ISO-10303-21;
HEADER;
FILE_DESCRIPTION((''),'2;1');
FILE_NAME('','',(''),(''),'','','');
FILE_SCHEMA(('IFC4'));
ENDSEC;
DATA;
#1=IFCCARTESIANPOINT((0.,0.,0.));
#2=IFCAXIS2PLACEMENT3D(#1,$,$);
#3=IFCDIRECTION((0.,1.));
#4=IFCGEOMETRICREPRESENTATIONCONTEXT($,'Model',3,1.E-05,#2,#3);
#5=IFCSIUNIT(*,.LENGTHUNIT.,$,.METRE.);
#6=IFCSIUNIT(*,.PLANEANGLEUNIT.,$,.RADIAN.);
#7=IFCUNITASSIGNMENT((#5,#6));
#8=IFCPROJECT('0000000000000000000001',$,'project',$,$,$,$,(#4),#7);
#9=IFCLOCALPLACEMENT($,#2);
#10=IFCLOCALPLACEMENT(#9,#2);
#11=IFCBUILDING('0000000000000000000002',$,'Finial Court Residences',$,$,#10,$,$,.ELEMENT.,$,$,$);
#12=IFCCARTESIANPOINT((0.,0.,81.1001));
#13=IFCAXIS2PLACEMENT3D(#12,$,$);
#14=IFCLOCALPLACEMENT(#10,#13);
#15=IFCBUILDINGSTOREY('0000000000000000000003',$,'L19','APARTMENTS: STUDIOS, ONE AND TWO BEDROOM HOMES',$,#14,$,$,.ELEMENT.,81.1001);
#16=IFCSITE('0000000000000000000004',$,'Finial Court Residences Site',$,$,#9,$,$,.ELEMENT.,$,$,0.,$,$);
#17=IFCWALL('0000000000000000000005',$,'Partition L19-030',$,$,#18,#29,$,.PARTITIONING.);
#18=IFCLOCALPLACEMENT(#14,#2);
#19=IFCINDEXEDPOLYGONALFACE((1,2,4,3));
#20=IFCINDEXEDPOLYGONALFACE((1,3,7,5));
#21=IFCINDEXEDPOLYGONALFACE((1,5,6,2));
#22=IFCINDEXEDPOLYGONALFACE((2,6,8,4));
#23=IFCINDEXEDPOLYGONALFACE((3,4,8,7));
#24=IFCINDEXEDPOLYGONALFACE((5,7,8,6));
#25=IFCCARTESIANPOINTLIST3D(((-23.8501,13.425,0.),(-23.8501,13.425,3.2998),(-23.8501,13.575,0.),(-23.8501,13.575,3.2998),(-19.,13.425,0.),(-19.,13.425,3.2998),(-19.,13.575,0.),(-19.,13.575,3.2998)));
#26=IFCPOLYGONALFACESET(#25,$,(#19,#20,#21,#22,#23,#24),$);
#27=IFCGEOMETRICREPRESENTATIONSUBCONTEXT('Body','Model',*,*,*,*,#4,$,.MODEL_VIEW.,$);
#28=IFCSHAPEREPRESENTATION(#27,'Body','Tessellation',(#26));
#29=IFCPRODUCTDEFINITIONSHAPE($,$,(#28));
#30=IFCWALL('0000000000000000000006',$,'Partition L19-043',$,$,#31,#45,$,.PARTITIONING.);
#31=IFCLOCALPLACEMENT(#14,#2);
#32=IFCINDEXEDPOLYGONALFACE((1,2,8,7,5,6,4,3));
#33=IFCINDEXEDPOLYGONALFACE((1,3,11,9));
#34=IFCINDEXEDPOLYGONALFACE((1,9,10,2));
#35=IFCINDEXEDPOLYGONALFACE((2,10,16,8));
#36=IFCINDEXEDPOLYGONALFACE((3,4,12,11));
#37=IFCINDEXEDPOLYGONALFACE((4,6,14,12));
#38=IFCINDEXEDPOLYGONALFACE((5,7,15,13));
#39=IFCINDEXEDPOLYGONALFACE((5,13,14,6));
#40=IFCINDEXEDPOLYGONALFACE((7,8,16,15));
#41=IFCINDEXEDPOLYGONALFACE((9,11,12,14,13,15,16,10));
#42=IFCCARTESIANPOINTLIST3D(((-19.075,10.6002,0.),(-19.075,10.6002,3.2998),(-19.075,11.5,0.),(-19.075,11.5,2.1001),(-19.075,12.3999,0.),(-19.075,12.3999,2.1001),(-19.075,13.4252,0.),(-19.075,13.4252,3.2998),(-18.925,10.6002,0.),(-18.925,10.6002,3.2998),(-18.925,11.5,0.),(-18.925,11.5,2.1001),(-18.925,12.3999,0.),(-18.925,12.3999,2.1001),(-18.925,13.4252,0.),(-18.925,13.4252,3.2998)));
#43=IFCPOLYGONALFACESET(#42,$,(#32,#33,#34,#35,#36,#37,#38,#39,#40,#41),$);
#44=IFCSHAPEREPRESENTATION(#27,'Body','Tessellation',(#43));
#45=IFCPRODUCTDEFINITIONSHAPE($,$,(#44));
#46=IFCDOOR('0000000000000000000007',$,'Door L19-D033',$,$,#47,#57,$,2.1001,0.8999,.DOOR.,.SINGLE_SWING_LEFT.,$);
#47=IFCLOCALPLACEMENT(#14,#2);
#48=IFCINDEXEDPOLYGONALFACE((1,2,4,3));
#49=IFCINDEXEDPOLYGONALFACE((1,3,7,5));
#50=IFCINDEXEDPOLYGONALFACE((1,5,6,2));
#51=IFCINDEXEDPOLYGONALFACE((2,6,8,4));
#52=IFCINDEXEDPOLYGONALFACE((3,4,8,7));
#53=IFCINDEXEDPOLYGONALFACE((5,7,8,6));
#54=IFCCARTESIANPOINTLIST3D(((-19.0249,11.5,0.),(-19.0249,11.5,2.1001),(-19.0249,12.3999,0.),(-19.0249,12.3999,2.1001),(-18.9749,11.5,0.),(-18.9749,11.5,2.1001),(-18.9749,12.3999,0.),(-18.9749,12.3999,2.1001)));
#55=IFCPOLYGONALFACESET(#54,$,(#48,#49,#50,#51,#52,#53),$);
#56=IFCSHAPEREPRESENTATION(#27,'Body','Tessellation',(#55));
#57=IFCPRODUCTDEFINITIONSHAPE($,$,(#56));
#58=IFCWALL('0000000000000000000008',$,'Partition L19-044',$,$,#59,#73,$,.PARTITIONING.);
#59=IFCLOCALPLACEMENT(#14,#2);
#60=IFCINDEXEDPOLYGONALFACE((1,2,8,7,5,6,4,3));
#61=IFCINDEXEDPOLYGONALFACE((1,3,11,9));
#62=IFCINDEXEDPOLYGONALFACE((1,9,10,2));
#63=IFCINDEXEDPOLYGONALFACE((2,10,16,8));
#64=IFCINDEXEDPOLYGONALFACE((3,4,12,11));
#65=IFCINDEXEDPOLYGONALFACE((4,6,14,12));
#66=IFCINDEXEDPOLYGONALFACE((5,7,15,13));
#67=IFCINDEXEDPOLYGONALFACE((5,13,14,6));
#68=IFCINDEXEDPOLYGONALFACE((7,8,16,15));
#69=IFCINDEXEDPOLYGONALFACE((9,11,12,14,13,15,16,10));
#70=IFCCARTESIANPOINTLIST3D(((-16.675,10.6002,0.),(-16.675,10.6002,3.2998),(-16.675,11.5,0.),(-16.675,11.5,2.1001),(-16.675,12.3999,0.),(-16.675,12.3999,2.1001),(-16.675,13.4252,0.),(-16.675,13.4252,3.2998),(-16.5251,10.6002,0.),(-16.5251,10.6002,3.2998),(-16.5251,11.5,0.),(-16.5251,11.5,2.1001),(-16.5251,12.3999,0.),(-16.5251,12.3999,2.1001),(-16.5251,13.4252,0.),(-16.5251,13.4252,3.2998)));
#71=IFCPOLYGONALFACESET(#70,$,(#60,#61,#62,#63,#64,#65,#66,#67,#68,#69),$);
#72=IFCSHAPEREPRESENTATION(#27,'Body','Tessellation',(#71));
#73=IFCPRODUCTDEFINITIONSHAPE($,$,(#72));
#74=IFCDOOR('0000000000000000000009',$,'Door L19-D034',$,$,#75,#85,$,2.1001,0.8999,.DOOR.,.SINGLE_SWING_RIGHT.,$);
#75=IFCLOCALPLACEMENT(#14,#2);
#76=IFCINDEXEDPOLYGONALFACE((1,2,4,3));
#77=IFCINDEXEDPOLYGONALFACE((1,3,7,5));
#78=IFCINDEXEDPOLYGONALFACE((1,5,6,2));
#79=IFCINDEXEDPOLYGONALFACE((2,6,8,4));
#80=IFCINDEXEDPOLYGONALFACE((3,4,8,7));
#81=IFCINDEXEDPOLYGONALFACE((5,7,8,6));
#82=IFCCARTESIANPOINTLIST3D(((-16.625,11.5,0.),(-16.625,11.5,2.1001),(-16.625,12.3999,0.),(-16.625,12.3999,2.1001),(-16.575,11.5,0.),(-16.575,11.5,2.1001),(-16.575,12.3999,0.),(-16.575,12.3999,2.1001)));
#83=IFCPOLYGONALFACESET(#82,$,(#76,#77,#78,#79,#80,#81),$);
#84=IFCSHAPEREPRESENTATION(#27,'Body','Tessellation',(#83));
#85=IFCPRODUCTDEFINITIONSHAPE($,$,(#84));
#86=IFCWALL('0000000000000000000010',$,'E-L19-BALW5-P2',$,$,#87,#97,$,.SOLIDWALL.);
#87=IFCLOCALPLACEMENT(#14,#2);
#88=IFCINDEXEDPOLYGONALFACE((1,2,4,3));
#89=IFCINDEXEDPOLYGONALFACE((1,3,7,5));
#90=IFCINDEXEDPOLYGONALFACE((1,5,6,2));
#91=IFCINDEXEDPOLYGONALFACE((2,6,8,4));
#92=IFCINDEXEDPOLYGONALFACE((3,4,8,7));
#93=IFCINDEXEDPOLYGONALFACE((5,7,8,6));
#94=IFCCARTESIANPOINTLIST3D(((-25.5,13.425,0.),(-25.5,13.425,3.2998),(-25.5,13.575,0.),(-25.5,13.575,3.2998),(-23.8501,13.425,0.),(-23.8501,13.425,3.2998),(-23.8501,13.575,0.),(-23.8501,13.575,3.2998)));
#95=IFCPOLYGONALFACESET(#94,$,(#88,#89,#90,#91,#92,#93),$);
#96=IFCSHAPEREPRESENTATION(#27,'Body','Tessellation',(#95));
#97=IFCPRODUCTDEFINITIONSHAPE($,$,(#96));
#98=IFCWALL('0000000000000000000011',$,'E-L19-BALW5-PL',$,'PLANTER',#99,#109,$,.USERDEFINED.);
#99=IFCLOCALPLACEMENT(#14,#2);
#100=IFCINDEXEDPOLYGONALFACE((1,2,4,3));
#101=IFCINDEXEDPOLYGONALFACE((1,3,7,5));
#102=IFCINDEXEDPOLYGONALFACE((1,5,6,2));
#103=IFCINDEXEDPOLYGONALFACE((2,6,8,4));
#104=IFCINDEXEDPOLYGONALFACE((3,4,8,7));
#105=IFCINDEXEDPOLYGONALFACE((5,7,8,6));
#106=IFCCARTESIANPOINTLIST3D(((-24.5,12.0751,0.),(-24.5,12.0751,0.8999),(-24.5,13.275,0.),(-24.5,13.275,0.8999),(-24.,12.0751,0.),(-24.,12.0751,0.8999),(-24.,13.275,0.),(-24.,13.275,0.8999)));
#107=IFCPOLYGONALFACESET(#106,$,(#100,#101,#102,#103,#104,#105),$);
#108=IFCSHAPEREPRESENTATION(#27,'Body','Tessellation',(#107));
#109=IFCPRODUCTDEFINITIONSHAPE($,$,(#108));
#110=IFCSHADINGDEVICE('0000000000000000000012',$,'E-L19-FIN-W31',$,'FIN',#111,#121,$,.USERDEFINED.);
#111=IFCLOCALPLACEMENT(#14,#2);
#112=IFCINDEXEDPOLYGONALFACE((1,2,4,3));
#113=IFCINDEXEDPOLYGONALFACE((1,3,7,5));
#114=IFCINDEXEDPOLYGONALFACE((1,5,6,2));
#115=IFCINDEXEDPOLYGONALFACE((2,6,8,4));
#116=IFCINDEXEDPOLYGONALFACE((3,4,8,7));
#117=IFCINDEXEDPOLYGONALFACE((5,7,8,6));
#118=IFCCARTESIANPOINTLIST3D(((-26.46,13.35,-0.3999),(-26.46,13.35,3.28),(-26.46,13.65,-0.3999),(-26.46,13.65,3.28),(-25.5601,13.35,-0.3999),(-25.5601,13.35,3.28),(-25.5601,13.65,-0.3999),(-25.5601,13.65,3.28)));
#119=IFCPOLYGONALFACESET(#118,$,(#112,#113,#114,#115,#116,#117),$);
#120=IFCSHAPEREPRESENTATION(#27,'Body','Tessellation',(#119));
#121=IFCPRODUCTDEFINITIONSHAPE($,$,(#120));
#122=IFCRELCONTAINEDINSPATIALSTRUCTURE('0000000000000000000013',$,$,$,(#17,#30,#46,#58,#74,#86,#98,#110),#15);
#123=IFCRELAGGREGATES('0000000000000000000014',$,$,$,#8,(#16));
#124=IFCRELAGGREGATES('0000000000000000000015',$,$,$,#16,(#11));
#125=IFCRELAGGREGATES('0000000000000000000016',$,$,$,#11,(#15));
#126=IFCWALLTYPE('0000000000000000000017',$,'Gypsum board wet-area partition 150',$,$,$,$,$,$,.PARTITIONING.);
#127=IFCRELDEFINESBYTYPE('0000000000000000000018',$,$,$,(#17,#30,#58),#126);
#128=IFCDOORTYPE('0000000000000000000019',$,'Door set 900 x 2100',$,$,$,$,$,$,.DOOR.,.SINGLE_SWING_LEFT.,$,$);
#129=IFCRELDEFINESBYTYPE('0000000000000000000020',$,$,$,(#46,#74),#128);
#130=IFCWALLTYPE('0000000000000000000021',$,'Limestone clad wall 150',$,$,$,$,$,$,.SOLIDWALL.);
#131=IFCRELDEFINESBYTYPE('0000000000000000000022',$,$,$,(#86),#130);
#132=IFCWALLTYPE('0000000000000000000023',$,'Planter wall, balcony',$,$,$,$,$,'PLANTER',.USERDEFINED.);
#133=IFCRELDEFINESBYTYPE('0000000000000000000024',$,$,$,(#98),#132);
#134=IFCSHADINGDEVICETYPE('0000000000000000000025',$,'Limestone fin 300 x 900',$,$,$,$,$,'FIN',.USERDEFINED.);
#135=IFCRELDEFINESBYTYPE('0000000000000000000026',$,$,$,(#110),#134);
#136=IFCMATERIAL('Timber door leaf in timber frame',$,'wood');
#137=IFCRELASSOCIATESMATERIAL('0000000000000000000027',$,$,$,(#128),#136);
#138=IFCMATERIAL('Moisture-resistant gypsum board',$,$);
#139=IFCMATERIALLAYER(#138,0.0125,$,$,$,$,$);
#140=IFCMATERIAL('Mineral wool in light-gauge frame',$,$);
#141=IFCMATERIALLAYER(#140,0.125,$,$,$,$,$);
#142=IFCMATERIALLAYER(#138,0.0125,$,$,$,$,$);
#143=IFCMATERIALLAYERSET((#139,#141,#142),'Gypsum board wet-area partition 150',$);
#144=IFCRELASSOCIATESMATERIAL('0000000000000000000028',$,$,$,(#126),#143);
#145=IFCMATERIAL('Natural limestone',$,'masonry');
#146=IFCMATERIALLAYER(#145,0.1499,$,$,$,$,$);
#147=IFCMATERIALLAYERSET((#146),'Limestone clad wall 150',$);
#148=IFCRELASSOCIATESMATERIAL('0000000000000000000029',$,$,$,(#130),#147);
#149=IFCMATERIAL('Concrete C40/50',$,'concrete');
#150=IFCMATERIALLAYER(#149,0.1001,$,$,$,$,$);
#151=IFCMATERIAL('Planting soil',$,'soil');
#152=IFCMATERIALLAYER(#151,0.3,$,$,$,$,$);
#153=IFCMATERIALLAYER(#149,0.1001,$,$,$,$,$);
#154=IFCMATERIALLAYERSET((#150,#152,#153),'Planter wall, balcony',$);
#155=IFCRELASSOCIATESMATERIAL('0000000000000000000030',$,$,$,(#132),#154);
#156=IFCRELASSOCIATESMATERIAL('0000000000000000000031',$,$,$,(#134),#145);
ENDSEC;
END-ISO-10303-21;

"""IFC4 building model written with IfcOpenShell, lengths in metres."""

from ifc_helpers import new_model, si_unit, direction, frame, frame_2d, origin, origin_2d, place, context, subcontext, project, spatial, rectangle, extrude, material, layer, layer_set, type_object, element, fill, save


model = new_model("IFC4")

# Units and contexts
model_context = context("Model", 3, precision=1e-05, world=origin(), true_north=direction((0.0, 1.0)))
body_context = subcontext(model_context, "Body", "Model", "MODEL_VIEW")
ifc_project = project(units=[si_unit("LENGTHUNIT", "METRE"), si_unit("PLANEANGLEUNIT", "RADIAN")], contexts=[model_context])

# Site, building, storey
site_placement = place(None, origin())
site = spatial("IfcSite", under=ifc_project, at=site_placement, Name="Finial Court Residences Site", CompositionType="ELEMENT", RefElevation=0.0)
building_placement = place(site_placement, origin())
building = spatial("IfcBuilding", under=site, at=building_placement, Name="Finial Court Residences", CompositionType="ELEMENT")
storey_placement = place(building_placement, frame((0.0, 0.0, 81.1001)))
storey = spatial("IfcBuildingStorey", under=building, at=storey_placement, Name="L19", Description="APARTMENTS: STUDIOS, ONE AND TWO BEDROOM HOMES", CompositionType="ELEMENT", Elevation=81.1001)

# Shared definitions
ifc_material_1 = material(Name="Mineral wool in light-gauge frame")
ifc_material_2 = material(Name="Timber door leaf in timber frame", Category="wood")
door_type_1 = type_object("IfcDoorType", Name="Door set 900 x 2100", OperationType="SINGLE_SWING_LEFT", PredefinedType="DOOR", material=ifc_material_2)

# Wall
ifc_material_3 = material(Name="Moisture-resistant gypsum board")
ifc_layer_1 = layer(ifc_material_3, 0.0125)
ifc_layer_2 = layer(ifc_material_1, 0.125)
ifc_layer_3 = layer(ifc_material_3, 0.0125)
ifc_layer_set_1 = layer_set([ifc_layer_1, ifc_layer_2, ifc_layer_3], Name="Gypsum board wet-area partition 150")
wall_type_1 = type_object("IfcWallType", Name="Gypsum board wet-area partition 150", PredefinedType="PARTITIONING", material=ifc_layer_set_1)
wall_1_placement = place(storey_placement, frame((-23.8501, 13.5, 0.0), z_axis=(0.0, 0.0, 1.0), x_axis=(1.0, 0.0, 0.0)))
element("IfcWall", 1, at=wall_1_placement, inside=storey, type_object=wall_type_1, Name="Partition L19-030", PredefinedType="PARTITIONING", context=body_context, shape_type="SweptSolid", body=[
    extrude(rectangle(XDim=4.8501, YDim=0.1499, at=frame_2d((2.425, 0.0))), origin(), (0.0, 0.0, 1.0), 3.2998),
])

# Walls, openings, doors
wall_2_placement = place(storey_placement, frame((-19.0, 10.6001, 0.0), z_axis=(0.0, 0.0, 1.0), x_axis=(0.0, 1.0, 0.0)))
wall_2 = element("IfcWall", 2, at=wall_2_placement, inside=storey, type_object=wall_type_1, Name="Partition L19-043", PredefinedType="PARTITIONING", context=body_context, shape_type="SweptSolid", body=[
    extrude(rectangle(XDim=2.825, YDim=0.1499, at=frame_2d((1.4126, 0.0))), origin(), (0.0, 0.0, 1.0), 3.2998),
])
opening_1_placement = place(wall_2_placement, frame((0.8999, 0.0, 0.0)))
opening_1 = element("IfcOpeningElement", 3, at=opening_1_placement, cuts=wall_2, PredefinedType="OPENING", context=body_context, shape_type="SweptSolid", body=[
    extrude(rectangle(XDim=0.8999, YDim=2.1001, at=frame_2d((0.45, 1.05))), frame((0.0, 0.085, 0.0), z_axis=(0.0, -1.0, 0.0), x_axis=(1.0, 0.0, 0.0)), (0.0, 0.0, 1.0), 0.1699),
])
door_1_placement = place(opening_1_placement, origin())
door_1 = element("IfcDoor", 4, at=door_1_placement, inside=storey, type_object=door_type_1, Name="Door L19-D033", OperationType="SINGLE_SWING_LEFT", OverallHeight=2.1001, OverallWidth=0.8999, PredefinedType="DOOR", context=body_context, shape_type="SweptSolid", body=[
    extrude(rectangle(XDim=0.8999, YDim=2.1001, at=frame_2d((0.45, 1.05))), frame((0.0, 0.0249, 0.0), z_axis=(0.0, -1.0, 0.0), x_axis=(1.0, 0.0, 0.0)), (0.0, 0.0, 1.0), 0.05),
])
fill(opening_1, door_1)
wall_3_placement = place(storey_placement, frame((-16.6001, 10.6001, 0.0), z_axis=(0.0, 0.0, 1.0), x_axis=(0.0, 1.0, 0.0)))
wall_3 = element("IfcWall", 5, at=wall_3_placement, inside=storey, type_object=wall_type_1, Name="Partition L19-044", PredefinedType="PARTITIONING", context=body_context, shape_type="SweptSolid", body=[
    extrude(rectangle(XDim=2.825, YDim=0.1499, at=frame_2d((1.4126, 0.0))), origin(), (0.0, 0.0, 1.0), 3.2998),
])
opening_2_placement = place(wall_3_placement, frame((0.8999, 0.0, 0.0)))
opening_2 = element("IfcOpeningElement", 6, at=opening_2_placement, cuts=wall_3, PredefinedType="OPENING", context=body_context, shape_type="SweptSolid", body=[
    extrude(rectangle(XDim=0.8999, YDim=2.1001, at=frame_2d((0.45, 1.05))), frame((0.0, 0.085, 0.0), z_axis=(0.0, -1.0, 0.0), x_axis=(1.0, 0.0, 0.0)), (0.0, 0.0, 1.0), 0.1699),
])
door_2_placement = place(opening_2_placement, origin())
door_2 = element("IfcDoor", 7, at=door_2_placement, inside=storey, type_object=door_type_1, Name="Door L19-D034", OperationType="SINGLE_SWING_RIGHT", OverallHeight=2.1001, OverallWidth=0.8999, PredefinedType="DOOR", context=body_context, shape_type="SweptSolid", body=[
    extrude(rectangle(XDim=0.8999, YDim=2.1001, at=frame_2d((0.45, 1.05))), frame((0.0, 0.0249, 0.0), z_axis=(0.0, -1.0, 0.0), x_axis=(1.0, 0.0, 0.0)), (0.0, 0.0, 1.0), 0.05),
])
fill(opening_2, door_2)

# Wall
ifc_material_4 = material(Name="Natural limestone", Category="masonry")
ifc_layer_4 = layer(ifc_material_4, 0.1499)
ifc_layer_set_2 = layer_set([ifc_layer_4], Name="Limestone clad wall 150")
wall_type_2 = type_object("IfcWallType", Name="Limestone clad wall 150", PredefinedType="SOLIDWALL", material=ifc_layer_set_2)
wall_4_placement = place(storey_placement, frame((-23.8501, 13.5, 0.0), z_axis=(0.0, 0.0, 1.0), x_axis=(-1.0, 0.0, 0.0)))
element("IfcWall", 8, at=wall_4_placement, inside=storey, type_object=wall_type_2, Name="E-L19-BALW5-P2", PredefinedType="SOLIDWALL", context=body_context, shape_type="SweptSolid", body=[
    extrude(rectangle(XDim=1.6499, YDim=0.1499, at=frame_2d((0.825, 0.0))), origin(), (0.0, 0.0, 1.0), 3.2998),
])

# Wall
ifc_material_5 = material(Name="Concrete C40/50", Category="concrete")
ifc_layer_5 = layer(ifc_material_5, 0.1001)
ifc_material_6 = material(Name="Planting soil", Category="soil")
ifc_layer_6 = layer(ifc_material_6, 0.3)
ifc_layer_7 = layer(ifc_material_5, 0.1001)
ifc_layer_set_3 = layer_set([ifc_layer_5, ifc_layer_6, ifc_layer_7], Name="Planter wall, balcony")
wall_type_3 = type_object("IfcWallType", Name="Planter wall, balcony", ElementType="PLANTER", PredefinedType="USERDEFINED", material=ifc_layer_set_3)
wall_5_placement = place(storey_placement, frame((-24.25, 12.075, 0.0), z_axis=(0.0, 0.0, 1.0), x_axis=(0.0, 1.0, 0.0)))
element("IfcWall", 9, at=wall_5_placement, inside=storey, type_object=wall_type_3, Name="E-L19-BALW5-PL", ObjectType="PLANTER", PredefinedType="USERDEFINED", context=body_context, shape_type="SweptSolid", body=[
    extrude(rectangle(XDim=1.2, YDim=0.5, at=frame_2d((0.6001, 0.0))), origin(), (0.0, 0.0, 1.0), 0.8999),
])

# Shading device
shading_device_type = type_object("IfcShadingDeviceType", Name="Limestone fin 300 x 900", ElementType="FIN", PredefinedType="USERDEFINED", material=ifc_material_4)
shading_device_placement = place(storey_placement, frame((-26.01, 13.5, -0.3999), z_axis=(0.0, 0.0, 1.0), x_axis=(1.0, 0.0, 0.0)))
element("IfcShadingDevice", 10, at=shading_device_placement, inside=storey, type_object=shading_device_type, Name="E-L19-FIN-W31", ObjectType="FIN", PredefinedType="USERDEFINED", context=body_context, shape_type="SweptSolid", body=[
    extrude(rectangle(XDim=0.8999, YDim=0.3, at=origin_2d()), origin(), (0.0, 0.0, 1.0), 3.6799),
])

save(model, "model.ifc")
